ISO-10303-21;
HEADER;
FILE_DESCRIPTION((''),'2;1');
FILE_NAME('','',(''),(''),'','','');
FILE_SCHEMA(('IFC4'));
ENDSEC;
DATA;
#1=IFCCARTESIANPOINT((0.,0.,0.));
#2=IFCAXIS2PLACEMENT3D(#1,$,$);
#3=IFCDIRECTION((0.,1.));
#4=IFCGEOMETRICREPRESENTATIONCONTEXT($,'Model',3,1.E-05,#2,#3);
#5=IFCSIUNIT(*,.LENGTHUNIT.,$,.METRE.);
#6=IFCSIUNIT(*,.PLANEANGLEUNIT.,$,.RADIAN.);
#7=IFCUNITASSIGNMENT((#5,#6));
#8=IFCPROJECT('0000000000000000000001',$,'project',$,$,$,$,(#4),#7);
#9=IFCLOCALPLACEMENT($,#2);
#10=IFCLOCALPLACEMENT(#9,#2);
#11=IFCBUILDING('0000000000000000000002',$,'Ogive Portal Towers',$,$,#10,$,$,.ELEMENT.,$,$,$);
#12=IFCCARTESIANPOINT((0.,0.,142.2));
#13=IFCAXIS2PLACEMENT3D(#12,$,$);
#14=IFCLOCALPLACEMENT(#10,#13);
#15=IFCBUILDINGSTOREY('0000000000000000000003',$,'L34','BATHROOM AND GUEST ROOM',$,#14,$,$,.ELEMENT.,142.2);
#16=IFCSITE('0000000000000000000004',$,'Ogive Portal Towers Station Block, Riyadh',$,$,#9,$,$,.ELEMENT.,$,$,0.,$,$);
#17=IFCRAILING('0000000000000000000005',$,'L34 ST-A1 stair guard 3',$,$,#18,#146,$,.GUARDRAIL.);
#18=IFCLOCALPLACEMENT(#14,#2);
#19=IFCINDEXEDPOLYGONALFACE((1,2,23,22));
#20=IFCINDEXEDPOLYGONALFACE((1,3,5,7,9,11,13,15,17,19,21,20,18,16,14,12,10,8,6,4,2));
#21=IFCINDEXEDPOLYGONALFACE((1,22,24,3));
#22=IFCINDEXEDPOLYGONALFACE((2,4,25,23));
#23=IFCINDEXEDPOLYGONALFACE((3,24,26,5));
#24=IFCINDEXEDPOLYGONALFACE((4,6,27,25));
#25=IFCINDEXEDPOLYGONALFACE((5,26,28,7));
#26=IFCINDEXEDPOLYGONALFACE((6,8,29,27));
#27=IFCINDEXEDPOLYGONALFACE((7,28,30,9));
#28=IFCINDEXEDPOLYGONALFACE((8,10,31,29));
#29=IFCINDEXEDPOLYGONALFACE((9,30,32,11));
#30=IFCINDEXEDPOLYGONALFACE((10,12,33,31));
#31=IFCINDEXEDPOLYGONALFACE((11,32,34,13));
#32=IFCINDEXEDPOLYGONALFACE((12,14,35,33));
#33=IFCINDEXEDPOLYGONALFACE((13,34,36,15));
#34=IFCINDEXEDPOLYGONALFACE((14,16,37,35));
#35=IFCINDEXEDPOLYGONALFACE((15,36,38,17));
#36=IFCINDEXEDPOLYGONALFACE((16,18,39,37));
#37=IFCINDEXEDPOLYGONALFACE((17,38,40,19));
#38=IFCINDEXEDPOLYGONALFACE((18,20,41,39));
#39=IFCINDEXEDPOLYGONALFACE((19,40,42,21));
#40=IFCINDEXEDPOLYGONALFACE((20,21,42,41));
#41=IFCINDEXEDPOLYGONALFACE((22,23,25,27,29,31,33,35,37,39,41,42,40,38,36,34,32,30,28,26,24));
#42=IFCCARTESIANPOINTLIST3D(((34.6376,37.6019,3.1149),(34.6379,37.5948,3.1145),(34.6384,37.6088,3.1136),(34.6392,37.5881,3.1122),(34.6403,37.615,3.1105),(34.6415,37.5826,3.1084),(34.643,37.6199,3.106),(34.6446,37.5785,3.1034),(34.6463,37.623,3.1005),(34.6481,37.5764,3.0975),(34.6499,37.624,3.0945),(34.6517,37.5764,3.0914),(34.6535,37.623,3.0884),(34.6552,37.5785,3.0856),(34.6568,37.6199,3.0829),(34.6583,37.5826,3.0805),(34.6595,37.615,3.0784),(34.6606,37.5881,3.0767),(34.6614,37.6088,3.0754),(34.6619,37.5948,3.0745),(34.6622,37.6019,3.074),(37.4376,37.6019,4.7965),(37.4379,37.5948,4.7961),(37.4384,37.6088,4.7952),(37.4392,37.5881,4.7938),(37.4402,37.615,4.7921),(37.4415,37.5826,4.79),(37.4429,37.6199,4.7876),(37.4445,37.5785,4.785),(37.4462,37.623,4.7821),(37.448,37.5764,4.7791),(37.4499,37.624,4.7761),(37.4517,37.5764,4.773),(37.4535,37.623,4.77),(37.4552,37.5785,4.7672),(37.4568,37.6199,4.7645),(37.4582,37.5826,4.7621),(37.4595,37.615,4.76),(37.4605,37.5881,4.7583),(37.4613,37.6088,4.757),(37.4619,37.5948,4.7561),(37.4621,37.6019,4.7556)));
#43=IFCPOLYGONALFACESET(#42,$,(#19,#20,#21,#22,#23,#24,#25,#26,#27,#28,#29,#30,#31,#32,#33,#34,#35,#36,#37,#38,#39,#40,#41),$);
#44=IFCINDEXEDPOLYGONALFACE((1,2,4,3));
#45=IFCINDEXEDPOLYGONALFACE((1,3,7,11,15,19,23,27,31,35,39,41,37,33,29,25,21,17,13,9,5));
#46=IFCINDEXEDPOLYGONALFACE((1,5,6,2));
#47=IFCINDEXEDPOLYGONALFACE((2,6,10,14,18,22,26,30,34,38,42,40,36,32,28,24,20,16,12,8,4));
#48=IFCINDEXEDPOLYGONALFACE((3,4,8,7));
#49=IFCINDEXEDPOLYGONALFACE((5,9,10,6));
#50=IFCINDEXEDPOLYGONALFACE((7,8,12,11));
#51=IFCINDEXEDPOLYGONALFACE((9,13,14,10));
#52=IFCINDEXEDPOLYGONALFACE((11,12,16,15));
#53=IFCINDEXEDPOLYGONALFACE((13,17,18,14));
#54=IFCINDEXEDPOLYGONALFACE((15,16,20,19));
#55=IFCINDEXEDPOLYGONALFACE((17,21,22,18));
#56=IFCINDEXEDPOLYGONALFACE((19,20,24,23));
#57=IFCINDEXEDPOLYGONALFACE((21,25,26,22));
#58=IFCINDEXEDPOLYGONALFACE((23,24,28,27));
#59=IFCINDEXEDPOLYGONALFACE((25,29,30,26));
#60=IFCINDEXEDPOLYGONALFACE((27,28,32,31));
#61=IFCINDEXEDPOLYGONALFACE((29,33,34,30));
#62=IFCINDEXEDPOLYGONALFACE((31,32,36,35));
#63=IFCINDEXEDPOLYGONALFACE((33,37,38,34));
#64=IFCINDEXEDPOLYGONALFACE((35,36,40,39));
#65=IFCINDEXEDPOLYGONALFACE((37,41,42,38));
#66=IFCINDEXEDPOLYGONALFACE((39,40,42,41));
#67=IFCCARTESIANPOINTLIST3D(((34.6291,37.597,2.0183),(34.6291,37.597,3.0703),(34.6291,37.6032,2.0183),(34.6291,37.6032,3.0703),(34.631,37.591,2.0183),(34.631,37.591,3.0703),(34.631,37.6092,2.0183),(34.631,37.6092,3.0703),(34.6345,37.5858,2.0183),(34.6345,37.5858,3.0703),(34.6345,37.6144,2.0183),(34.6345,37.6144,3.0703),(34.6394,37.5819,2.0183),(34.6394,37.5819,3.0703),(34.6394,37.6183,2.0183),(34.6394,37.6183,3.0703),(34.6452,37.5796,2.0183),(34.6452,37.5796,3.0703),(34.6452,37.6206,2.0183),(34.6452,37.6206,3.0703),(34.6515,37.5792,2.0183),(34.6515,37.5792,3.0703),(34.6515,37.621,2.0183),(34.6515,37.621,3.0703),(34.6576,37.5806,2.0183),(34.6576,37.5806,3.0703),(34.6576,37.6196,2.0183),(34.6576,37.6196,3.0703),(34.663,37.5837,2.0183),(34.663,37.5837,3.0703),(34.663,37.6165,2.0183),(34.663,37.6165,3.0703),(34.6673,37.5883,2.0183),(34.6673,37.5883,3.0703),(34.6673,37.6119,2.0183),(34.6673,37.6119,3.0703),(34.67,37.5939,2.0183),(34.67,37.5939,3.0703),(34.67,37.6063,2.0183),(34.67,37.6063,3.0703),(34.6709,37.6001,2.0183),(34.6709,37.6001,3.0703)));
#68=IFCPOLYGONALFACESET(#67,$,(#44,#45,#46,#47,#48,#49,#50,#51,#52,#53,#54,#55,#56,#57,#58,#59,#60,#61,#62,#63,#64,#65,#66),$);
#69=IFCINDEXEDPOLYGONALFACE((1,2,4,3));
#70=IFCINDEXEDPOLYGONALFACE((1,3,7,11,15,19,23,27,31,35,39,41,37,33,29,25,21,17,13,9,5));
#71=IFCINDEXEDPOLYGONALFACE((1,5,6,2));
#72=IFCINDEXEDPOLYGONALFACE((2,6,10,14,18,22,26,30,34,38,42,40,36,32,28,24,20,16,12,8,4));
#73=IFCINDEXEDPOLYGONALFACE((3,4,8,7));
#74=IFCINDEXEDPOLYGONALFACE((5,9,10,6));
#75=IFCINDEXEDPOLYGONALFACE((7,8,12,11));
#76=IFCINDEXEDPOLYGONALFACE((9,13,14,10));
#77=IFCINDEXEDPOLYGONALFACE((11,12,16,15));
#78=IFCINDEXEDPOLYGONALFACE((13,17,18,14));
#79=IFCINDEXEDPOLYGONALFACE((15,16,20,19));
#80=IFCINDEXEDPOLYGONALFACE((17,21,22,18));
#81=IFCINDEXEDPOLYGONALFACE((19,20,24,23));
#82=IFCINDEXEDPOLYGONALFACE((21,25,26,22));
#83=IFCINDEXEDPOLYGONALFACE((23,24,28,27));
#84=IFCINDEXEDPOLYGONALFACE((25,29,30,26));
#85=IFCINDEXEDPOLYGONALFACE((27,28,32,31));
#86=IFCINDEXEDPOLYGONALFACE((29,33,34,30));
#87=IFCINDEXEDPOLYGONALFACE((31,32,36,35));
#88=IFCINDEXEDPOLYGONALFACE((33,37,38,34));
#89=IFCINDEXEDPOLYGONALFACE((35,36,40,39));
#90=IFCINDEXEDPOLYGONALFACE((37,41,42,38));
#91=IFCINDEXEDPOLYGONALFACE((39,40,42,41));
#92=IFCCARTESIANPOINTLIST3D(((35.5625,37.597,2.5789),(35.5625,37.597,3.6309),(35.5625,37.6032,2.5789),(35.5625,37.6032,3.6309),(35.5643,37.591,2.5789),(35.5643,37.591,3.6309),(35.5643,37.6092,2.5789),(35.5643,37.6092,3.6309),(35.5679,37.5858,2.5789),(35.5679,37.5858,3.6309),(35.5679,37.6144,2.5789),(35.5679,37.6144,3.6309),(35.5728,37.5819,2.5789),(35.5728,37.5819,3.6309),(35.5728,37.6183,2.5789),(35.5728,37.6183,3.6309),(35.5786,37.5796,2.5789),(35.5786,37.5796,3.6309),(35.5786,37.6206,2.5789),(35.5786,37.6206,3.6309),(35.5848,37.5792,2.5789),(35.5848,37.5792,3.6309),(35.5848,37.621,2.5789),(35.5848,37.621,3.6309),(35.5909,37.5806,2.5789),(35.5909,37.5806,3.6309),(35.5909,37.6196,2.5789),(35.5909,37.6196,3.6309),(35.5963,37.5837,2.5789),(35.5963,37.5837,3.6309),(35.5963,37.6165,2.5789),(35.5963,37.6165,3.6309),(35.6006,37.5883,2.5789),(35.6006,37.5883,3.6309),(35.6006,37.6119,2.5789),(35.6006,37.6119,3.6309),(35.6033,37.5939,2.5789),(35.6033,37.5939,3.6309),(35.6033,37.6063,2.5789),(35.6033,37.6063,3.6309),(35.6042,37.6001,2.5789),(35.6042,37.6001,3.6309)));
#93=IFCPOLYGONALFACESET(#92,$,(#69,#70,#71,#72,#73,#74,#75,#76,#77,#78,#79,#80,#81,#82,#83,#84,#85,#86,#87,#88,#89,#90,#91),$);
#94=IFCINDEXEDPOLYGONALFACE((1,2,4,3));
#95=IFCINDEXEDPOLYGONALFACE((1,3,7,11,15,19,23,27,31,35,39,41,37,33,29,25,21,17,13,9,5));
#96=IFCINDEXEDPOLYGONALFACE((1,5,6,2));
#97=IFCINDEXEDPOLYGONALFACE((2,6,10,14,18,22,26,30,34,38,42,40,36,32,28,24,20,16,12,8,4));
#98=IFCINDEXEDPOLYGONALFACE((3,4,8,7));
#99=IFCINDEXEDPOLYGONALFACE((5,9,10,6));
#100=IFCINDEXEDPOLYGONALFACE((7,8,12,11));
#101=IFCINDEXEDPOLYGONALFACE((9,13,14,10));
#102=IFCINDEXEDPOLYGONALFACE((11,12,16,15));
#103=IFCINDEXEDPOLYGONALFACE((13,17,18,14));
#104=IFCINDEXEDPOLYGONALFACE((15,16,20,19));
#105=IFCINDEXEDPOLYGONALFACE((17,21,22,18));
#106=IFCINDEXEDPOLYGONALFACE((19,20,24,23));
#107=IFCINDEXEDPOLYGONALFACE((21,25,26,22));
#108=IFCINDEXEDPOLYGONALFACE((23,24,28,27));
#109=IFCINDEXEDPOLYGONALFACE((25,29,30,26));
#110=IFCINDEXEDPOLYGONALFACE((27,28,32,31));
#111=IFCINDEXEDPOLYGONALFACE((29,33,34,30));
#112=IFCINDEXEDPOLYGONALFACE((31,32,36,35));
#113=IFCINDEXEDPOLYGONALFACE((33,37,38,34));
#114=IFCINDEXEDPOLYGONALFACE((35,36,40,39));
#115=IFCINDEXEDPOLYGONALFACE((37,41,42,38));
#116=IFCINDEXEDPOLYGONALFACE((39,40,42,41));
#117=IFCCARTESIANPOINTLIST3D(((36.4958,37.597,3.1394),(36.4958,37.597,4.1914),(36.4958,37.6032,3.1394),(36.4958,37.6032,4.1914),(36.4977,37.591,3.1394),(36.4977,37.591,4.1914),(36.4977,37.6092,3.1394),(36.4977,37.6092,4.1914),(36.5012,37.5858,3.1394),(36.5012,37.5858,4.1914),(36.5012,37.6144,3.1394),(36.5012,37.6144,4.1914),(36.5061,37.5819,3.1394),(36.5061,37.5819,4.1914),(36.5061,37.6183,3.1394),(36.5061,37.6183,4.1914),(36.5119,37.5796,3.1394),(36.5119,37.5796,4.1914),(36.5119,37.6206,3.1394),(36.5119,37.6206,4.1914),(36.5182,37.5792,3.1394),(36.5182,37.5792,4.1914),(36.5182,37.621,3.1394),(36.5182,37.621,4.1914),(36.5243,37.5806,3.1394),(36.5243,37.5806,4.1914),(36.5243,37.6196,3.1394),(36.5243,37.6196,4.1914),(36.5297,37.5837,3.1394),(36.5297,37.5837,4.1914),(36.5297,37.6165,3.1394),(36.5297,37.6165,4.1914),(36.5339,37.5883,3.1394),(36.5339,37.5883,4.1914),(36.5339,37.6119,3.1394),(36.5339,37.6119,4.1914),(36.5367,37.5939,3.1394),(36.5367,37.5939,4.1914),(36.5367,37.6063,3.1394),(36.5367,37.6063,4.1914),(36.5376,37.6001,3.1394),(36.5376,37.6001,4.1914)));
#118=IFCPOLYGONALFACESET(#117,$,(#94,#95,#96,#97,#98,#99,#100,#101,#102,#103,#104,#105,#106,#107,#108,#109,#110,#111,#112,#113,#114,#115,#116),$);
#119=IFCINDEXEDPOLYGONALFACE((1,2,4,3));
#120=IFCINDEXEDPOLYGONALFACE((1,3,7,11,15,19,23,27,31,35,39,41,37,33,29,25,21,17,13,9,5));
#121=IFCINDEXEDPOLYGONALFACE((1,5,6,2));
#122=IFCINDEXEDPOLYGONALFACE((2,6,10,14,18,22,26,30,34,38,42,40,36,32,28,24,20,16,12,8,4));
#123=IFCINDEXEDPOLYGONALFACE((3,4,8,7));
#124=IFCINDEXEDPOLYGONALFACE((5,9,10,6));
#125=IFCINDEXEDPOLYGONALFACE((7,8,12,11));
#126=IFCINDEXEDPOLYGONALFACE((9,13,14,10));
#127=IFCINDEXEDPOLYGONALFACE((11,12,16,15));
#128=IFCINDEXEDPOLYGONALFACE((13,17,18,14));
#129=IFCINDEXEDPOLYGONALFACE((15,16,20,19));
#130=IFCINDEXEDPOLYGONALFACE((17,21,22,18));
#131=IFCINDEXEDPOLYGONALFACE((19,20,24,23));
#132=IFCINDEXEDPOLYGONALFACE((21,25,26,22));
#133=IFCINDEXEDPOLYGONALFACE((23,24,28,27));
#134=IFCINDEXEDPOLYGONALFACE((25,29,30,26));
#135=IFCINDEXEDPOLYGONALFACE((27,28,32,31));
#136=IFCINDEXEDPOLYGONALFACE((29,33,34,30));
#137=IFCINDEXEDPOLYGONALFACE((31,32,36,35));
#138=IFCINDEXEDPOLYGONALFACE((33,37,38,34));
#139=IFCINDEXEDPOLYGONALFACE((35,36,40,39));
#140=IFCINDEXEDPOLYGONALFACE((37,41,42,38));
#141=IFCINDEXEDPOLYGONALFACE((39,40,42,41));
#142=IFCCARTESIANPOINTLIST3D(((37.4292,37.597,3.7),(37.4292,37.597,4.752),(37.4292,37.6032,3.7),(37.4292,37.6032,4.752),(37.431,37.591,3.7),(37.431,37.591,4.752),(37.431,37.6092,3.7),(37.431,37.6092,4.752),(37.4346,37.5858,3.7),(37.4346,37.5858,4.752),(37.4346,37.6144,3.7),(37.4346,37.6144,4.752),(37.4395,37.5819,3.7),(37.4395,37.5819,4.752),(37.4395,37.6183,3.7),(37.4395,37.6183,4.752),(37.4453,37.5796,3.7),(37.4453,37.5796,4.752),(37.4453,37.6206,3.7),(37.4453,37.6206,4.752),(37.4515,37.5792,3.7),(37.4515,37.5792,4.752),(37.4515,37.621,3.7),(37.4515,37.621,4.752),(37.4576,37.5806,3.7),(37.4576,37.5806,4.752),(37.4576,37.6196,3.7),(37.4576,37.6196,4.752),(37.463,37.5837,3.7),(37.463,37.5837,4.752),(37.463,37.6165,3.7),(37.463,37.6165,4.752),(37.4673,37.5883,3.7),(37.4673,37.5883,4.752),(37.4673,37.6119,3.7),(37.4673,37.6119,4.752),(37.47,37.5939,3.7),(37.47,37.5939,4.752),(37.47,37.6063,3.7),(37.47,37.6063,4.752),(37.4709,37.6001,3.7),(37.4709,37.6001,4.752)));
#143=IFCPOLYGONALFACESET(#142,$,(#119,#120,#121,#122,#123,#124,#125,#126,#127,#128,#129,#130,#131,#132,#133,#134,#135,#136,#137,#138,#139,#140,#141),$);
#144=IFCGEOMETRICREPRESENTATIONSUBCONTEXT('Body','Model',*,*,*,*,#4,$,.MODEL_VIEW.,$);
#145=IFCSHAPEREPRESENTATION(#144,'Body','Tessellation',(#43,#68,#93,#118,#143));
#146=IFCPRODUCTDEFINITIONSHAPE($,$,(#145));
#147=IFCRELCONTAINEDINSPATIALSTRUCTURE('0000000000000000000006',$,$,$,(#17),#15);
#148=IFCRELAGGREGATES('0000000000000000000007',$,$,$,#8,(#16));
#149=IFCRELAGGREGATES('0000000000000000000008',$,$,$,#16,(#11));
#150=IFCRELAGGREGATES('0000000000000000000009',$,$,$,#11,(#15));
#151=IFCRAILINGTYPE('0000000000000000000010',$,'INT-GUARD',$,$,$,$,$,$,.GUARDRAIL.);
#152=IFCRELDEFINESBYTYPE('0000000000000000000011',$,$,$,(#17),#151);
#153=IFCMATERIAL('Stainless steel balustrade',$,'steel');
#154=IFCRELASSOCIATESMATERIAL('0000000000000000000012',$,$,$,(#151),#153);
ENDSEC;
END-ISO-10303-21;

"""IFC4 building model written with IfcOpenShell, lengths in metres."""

from ifc_helpers import new_model, si_unit, direction, frame, origin, origin_2d, place, context, subcontext, project, spatial, circle, extrude, material, type_object, element, save


model = new_model("IFC4")

# Units and contexts
model_context = context("Model", 3, precision=1e-05, world=origin(), true_north=direction((0.0, 1.0)))
body_context = subcontext(model_context, "Body", "Model", "MODEL_VIEW")
ifc_project = project(units=[si_unit("LENGTHUNIT", "METRE"), si_unit("PLANEANGLEUNIT", "RADIAN")], contexts=[model_context])

# Site, building, storey
site_placement = place(None, origin())
site = spatial("IfcSite", under=ifc_project, at=site_placement, Name="Ogive Portal Towers Station Block, Riyadh", CompositionType="ELEMENT", RefElevation=0.0)
building_placement = place(site_placement, origin())
building = spatial("IfcBuilding", under=site, at=building_placement, Name="Ogive Portal Towers", CompositionType="ELEMENT")
storey_placement = place(building_placement, frame((0.0, 0.0, 142.2)))
storey = spatial("IfcBuildingStorey", under=building, at=storey_placement, Name="L34", Description="BATHROOM AND GUEST ROOM", CompositionType="ELEMENT", Elevation=142.2)

# Railing
ifc_material_1 = material(Name="Stainless steel balustrade", Category="steel")
railing_type = type_object("IfcRailingType", Name="INT-GUARD", PredefinedType="GUARDRAIL", material=ifc_material_1)
railing_1_placement = place(storey_placement, frame((34.6499, 37.6001, 2.0183)))
element("IfcRailing", 1, at=railing_1_placement, inside=storey, type_object=railing_type, Name="L34 ST-A1 stair guard 3", PredefinedType="GUARDRAIL", context=body_context, shape_type="SweptSolid", body=[
    extrude(circle(Radius=0.0239, at=origin_2d()), frame((0.0, 0.0, 1.0762), z_axis=(0.857275, 0.0, 0.514858), x_axis=(0.0, 1.0, 0.0)), (0.0, 0.0, 1.0), 3.2661),
    extrude(circle(Radius=0.021, at=origin_2d()), origin(), (0.0, 0.0, 1.0), 1.052),
    extrude(circle(Radius=0.021, at=origin_2d()), frame((0.9333, 0.0, 0.5605)), (0.0, 0.0, 1.0), 1.052),
    extrude(circle(Radius=0.021, at=origin_2d()), frame((1.8667, 0.0, 1.1211)), (0.0, 0.0, 1.0), 1.052),
    extrude(circle(Radius=0.021, at=origin_2d()), frame((2.8, 0.0, 1.6816)), (0.0, 0.0, 1.0), 1.052),
])

save(model, "model.ifc")
